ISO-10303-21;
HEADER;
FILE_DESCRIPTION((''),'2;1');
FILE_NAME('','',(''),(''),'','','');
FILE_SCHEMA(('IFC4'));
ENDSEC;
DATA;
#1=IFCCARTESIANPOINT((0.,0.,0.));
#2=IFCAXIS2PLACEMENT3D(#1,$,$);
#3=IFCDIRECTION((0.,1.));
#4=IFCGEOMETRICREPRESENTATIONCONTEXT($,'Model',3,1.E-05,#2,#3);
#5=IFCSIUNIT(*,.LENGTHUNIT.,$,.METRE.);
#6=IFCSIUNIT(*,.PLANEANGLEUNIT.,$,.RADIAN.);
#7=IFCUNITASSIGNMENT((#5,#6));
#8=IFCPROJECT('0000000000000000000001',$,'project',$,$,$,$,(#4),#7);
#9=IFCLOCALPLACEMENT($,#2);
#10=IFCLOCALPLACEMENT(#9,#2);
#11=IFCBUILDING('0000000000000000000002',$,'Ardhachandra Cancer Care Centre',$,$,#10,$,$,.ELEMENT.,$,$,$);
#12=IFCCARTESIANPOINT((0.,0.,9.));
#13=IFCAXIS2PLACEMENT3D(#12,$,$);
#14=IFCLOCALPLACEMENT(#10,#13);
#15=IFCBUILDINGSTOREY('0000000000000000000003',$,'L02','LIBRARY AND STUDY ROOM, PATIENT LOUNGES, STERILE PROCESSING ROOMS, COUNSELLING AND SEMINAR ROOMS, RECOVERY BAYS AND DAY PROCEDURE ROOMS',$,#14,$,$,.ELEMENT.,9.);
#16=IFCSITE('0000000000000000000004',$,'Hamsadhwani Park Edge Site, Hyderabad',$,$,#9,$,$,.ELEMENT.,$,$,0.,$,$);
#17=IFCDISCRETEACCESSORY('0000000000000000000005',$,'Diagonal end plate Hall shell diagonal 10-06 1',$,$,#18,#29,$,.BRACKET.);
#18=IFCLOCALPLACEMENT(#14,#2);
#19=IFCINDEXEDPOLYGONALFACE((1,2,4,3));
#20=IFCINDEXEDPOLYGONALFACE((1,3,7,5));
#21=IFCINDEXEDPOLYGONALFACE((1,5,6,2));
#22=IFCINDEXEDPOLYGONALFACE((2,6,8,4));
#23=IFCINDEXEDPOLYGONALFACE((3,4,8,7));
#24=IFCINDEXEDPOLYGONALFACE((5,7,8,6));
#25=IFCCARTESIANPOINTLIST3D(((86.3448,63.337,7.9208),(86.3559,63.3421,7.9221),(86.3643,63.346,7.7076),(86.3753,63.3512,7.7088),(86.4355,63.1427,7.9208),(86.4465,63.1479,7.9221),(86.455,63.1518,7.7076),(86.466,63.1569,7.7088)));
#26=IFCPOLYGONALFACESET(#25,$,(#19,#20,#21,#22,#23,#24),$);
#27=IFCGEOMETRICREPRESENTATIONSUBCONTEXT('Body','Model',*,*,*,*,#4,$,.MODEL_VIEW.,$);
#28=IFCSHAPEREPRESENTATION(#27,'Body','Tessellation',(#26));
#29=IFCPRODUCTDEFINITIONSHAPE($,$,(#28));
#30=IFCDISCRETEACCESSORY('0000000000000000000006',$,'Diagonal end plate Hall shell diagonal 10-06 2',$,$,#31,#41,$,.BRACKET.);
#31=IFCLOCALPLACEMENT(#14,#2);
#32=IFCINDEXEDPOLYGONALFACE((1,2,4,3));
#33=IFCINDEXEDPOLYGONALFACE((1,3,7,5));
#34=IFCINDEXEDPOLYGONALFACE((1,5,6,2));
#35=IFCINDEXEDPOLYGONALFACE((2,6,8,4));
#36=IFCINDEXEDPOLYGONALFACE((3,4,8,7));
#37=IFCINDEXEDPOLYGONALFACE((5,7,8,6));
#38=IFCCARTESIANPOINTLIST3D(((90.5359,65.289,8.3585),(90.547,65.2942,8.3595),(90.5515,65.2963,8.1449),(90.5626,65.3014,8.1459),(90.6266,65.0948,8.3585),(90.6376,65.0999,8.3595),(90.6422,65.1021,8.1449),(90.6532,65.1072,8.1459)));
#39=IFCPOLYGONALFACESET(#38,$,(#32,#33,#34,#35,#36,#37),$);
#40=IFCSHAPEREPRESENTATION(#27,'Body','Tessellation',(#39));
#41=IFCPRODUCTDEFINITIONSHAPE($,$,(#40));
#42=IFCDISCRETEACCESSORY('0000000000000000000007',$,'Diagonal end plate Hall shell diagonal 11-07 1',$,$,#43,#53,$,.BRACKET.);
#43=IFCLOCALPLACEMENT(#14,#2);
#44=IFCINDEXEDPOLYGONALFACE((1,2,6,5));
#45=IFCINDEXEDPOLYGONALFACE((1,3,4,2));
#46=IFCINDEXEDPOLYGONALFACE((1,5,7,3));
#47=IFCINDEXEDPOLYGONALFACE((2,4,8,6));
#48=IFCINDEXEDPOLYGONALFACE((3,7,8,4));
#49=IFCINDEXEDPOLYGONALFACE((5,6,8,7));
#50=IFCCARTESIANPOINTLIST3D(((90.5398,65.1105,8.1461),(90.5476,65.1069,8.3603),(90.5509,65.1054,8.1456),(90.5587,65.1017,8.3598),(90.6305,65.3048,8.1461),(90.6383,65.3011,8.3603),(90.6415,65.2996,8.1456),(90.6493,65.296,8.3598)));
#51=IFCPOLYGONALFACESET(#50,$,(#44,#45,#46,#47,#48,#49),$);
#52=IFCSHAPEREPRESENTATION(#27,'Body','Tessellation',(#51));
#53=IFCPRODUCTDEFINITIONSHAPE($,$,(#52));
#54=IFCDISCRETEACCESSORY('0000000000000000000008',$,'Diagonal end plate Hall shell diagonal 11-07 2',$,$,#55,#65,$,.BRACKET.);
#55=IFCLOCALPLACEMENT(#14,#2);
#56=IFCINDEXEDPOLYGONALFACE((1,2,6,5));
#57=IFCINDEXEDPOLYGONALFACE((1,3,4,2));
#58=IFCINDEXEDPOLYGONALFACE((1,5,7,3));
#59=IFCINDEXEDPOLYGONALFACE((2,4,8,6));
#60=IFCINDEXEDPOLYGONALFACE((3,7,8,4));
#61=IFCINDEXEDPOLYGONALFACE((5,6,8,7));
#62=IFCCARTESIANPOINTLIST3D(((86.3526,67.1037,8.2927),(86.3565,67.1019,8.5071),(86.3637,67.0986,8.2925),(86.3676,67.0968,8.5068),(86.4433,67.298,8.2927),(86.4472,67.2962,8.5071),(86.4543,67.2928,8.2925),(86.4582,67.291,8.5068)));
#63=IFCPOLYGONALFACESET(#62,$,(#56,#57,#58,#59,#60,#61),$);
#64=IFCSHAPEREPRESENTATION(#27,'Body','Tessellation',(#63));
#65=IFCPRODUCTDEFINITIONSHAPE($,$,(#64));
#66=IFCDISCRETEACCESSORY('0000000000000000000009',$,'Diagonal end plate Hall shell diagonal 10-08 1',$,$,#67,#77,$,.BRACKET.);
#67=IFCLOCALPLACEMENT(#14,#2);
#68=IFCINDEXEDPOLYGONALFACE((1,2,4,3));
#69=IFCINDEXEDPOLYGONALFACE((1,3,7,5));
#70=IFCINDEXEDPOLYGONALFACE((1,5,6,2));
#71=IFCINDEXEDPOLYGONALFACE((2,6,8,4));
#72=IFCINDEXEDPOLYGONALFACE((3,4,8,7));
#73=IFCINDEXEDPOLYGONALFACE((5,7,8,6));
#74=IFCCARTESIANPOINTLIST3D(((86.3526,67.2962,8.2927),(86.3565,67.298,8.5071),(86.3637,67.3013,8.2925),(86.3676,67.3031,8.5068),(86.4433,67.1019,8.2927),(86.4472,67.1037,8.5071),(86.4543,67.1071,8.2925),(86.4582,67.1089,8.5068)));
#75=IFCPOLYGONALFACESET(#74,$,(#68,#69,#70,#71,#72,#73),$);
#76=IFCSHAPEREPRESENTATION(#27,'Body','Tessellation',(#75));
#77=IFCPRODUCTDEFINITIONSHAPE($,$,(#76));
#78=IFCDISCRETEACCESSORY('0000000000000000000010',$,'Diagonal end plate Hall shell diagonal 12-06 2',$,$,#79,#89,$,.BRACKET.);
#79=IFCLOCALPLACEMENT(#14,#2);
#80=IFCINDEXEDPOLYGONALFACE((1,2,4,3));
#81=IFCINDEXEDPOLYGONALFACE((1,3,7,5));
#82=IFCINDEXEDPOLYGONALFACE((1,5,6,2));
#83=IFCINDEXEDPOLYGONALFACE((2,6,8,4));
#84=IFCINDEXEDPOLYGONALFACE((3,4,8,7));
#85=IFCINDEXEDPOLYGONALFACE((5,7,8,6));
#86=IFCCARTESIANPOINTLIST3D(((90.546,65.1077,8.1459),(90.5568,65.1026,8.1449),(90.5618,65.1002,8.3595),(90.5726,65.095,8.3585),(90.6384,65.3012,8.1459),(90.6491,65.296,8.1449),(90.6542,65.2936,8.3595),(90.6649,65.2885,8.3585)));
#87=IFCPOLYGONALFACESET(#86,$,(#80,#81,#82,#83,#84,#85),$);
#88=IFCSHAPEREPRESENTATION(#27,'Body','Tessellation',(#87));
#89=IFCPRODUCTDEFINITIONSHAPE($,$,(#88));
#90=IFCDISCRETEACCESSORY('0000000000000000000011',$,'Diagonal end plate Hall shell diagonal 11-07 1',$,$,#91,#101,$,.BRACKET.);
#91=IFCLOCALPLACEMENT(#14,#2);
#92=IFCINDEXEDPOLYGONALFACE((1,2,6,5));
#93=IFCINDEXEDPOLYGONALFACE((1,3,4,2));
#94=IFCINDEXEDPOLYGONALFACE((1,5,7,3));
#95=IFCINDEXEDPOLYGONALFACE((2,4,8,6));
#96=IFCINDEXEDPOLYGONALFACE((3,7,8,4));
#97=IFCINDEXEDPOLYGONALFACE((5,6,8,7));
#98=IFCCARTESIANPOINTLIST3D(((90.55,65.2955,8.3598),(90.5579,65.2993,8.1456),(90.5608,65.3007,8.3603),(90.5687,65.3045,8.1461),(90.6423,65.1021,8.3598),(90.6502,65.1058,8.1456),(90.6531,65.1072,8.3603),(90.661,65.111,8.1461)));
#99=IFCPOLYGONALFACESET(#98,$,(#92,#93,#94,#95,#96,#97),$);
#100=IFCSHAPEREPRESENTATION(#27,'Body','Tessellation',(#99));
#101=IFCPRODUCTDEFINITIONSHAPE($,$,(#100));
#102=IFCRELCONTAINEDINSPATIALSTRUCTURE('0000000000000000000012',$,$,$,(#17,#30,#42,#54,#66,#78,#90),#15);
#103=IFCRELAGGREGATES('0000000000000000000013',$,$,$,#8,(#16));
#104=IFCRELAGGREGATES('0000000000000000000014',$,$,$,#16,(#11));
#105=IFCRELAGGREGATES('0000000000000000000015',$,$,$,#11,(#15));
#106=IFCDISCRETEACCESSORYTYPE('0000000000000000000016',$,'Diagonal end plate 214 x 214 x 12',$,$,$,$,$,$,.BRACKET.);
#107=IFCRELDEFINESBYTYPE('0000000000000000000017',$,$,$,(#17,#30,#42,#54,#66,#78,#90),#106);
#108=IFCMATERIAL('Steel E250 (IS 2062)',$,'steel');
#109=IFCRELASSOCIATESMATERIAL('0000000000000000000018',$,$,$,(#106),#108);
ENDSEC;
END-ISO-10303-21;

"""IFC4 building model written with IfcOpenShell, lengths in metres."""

from ifc_helpers import new_model, si_unit, direction, frame, origin, origin_2d, place, context, subcontext, project, spatial, rectangle, extrude, material, material_profile, profile_set, type_object, element, save


model = new_model("IFC4")

# Units and contexts
model_context = context("Model", 3, precision=1e-05, world=origin(), true_north=direction((0.0, 1.0)))
body_context = subcontext(model_context, "Body", "Model", "MODEL_VIEW")
ifc_project = project(units=[si_unit("LENGTHUNIT", "METRE"), si_unit("PLANEANGLEUNIT", "RADIAN")], contexts=[model_context])

# Site, building, storey
site_placement = place(None, origin())
site = spatial("IfcSite", under=ifc_project, at=site_placement, Name="Hamsadhwani Park Edge Site, Hyderabad", CompositionType="ELEMENT", RefElevation=0.0)
building_placement = place(site_placement, origin())
building = spatial("IfcBuilding", under=site, at=building_placement, Name="Ardhachandra Cancer Care Centre", CompositionType="ELEMENT")
storey_placement = place(building_placement, frame((0.0, 0.0, 9.0)))
storey = spatial("IfcBuildingStorey", under=building, at=storey_placement, Name="L02", Description="LIBRARY AND STUDY ROOM, PATIENT LOUNGES, STERILE PROCESSING ROOMS, COUNSELLING AND SEMINAR ROOMS, RECOVERY BAYS AND DAY PROCEDURE ROOMS", CompositionType="ELEMENT", Elevation=9.0)

# Discrete accessories
ifc_material_1 = material(Name="Steel E250 (IS 2062)", Category="steel")
ifc_material_profile_1 = material_profile(ifc_material_1, rectangle(XDim=0.2144, YDim=0.2144, at=origin_2d()), Name="PL 214x214x12")
ifc_profile_set_1 = profile_set([ifc_material_profile_1], Name="Steel E250 (IS 2062)")
discrete_accessory_type = type_object("IfcDiscreteAccessoryType", Name="Diagonal end plate 214 x 214 x 12", PredefinedType="BRACKET", material=ifc_profile_set_1)
for number, where, z_axis, x_axis, name in (
    (1, (86.3999, 63.2444, 7.8142), (0.901624, 0.420758, 0.10018), (-0.422885, 0.906183, 0.0), "Diagonal end plate Hall shell diagonal 10-06 1"),
    (2, (90.6001, 65.2007, 8.2527), (-0.903258, -0.42152, -0.08029), (0.422885, -0.906183, 0.0), "Diagonal end plate Hall shell diagonal 10-06 2"),
    (3, (90.6001, 65.2007, 8.2527), (-0.905449, 0.422543, 0.040242), (-0.422885, -0.906183, 0.0), "Diagonal end plate Hall shell diagonal 11-07 1"),
    (4, (86.3999, 67.2, 8.3999), (0.905999, -0.4228, -0.020133), (0.422885, 0.906183, 0.0), "Diagonal end plate Hall shell diagonal 11-07 2"),
    (5, (86.3999, 67.2, 8.3999), (0.905999, 0.4228, -0.020133), (-0.422885, 0.906183, 0.0), "Diagonal end plate Hall shell diagonal 10-08 1"),
):
    element("IfcDiscreteAccessory", number, at=place(storey_placement, frame(where, z_axis=z_axis, x_axis=x_axis)), inside=storey, type_object=discrete_accessory_type, Name=name, PredefinedType="BRACKET", context=body_context, shape_type="SweptSolid", body=[
        extrude(rectangle(XDim=0.2144, YDim=0.2144, at=origin_2d()), origin(), (0.0, 0.0, 1.0), 0.0122),
    ])
for number, where, z_axis, x_axis, name in (
    (6, (90.6001, 65.2007, 8.2527), (0.899459, -0.429287, -0.081769), (0.43073, 0.902481, 0.0), "Diagonal end plate Hall shell diagonal 12-06 2"),
    (7, (90.6001, 65.2007, 8.2527), (0.901723, 0.430368, 0.040987), (-0.43073, 0.902481, 0.0), "Diagonal end plate Hall shell diagonal 11-07 1"),
):
    element("IfcDiscreteAccessory", number, at=place(storey_placement, frame(where, z_axis=z_axis, x_axis=x_axis)), inside=storey, type_object=discrete_accessory_type, Name=name, PredefinedType="BRACKET", context=body_context, shape_type="SweptSolid", body=[
        extrude(rectangle(XDim=0.2144, YDim=0.2144, at=origin_2d()), origin(), (0.0, 0.0, 1.0), 0.012),
    ])

save(model, "model.ifc")
